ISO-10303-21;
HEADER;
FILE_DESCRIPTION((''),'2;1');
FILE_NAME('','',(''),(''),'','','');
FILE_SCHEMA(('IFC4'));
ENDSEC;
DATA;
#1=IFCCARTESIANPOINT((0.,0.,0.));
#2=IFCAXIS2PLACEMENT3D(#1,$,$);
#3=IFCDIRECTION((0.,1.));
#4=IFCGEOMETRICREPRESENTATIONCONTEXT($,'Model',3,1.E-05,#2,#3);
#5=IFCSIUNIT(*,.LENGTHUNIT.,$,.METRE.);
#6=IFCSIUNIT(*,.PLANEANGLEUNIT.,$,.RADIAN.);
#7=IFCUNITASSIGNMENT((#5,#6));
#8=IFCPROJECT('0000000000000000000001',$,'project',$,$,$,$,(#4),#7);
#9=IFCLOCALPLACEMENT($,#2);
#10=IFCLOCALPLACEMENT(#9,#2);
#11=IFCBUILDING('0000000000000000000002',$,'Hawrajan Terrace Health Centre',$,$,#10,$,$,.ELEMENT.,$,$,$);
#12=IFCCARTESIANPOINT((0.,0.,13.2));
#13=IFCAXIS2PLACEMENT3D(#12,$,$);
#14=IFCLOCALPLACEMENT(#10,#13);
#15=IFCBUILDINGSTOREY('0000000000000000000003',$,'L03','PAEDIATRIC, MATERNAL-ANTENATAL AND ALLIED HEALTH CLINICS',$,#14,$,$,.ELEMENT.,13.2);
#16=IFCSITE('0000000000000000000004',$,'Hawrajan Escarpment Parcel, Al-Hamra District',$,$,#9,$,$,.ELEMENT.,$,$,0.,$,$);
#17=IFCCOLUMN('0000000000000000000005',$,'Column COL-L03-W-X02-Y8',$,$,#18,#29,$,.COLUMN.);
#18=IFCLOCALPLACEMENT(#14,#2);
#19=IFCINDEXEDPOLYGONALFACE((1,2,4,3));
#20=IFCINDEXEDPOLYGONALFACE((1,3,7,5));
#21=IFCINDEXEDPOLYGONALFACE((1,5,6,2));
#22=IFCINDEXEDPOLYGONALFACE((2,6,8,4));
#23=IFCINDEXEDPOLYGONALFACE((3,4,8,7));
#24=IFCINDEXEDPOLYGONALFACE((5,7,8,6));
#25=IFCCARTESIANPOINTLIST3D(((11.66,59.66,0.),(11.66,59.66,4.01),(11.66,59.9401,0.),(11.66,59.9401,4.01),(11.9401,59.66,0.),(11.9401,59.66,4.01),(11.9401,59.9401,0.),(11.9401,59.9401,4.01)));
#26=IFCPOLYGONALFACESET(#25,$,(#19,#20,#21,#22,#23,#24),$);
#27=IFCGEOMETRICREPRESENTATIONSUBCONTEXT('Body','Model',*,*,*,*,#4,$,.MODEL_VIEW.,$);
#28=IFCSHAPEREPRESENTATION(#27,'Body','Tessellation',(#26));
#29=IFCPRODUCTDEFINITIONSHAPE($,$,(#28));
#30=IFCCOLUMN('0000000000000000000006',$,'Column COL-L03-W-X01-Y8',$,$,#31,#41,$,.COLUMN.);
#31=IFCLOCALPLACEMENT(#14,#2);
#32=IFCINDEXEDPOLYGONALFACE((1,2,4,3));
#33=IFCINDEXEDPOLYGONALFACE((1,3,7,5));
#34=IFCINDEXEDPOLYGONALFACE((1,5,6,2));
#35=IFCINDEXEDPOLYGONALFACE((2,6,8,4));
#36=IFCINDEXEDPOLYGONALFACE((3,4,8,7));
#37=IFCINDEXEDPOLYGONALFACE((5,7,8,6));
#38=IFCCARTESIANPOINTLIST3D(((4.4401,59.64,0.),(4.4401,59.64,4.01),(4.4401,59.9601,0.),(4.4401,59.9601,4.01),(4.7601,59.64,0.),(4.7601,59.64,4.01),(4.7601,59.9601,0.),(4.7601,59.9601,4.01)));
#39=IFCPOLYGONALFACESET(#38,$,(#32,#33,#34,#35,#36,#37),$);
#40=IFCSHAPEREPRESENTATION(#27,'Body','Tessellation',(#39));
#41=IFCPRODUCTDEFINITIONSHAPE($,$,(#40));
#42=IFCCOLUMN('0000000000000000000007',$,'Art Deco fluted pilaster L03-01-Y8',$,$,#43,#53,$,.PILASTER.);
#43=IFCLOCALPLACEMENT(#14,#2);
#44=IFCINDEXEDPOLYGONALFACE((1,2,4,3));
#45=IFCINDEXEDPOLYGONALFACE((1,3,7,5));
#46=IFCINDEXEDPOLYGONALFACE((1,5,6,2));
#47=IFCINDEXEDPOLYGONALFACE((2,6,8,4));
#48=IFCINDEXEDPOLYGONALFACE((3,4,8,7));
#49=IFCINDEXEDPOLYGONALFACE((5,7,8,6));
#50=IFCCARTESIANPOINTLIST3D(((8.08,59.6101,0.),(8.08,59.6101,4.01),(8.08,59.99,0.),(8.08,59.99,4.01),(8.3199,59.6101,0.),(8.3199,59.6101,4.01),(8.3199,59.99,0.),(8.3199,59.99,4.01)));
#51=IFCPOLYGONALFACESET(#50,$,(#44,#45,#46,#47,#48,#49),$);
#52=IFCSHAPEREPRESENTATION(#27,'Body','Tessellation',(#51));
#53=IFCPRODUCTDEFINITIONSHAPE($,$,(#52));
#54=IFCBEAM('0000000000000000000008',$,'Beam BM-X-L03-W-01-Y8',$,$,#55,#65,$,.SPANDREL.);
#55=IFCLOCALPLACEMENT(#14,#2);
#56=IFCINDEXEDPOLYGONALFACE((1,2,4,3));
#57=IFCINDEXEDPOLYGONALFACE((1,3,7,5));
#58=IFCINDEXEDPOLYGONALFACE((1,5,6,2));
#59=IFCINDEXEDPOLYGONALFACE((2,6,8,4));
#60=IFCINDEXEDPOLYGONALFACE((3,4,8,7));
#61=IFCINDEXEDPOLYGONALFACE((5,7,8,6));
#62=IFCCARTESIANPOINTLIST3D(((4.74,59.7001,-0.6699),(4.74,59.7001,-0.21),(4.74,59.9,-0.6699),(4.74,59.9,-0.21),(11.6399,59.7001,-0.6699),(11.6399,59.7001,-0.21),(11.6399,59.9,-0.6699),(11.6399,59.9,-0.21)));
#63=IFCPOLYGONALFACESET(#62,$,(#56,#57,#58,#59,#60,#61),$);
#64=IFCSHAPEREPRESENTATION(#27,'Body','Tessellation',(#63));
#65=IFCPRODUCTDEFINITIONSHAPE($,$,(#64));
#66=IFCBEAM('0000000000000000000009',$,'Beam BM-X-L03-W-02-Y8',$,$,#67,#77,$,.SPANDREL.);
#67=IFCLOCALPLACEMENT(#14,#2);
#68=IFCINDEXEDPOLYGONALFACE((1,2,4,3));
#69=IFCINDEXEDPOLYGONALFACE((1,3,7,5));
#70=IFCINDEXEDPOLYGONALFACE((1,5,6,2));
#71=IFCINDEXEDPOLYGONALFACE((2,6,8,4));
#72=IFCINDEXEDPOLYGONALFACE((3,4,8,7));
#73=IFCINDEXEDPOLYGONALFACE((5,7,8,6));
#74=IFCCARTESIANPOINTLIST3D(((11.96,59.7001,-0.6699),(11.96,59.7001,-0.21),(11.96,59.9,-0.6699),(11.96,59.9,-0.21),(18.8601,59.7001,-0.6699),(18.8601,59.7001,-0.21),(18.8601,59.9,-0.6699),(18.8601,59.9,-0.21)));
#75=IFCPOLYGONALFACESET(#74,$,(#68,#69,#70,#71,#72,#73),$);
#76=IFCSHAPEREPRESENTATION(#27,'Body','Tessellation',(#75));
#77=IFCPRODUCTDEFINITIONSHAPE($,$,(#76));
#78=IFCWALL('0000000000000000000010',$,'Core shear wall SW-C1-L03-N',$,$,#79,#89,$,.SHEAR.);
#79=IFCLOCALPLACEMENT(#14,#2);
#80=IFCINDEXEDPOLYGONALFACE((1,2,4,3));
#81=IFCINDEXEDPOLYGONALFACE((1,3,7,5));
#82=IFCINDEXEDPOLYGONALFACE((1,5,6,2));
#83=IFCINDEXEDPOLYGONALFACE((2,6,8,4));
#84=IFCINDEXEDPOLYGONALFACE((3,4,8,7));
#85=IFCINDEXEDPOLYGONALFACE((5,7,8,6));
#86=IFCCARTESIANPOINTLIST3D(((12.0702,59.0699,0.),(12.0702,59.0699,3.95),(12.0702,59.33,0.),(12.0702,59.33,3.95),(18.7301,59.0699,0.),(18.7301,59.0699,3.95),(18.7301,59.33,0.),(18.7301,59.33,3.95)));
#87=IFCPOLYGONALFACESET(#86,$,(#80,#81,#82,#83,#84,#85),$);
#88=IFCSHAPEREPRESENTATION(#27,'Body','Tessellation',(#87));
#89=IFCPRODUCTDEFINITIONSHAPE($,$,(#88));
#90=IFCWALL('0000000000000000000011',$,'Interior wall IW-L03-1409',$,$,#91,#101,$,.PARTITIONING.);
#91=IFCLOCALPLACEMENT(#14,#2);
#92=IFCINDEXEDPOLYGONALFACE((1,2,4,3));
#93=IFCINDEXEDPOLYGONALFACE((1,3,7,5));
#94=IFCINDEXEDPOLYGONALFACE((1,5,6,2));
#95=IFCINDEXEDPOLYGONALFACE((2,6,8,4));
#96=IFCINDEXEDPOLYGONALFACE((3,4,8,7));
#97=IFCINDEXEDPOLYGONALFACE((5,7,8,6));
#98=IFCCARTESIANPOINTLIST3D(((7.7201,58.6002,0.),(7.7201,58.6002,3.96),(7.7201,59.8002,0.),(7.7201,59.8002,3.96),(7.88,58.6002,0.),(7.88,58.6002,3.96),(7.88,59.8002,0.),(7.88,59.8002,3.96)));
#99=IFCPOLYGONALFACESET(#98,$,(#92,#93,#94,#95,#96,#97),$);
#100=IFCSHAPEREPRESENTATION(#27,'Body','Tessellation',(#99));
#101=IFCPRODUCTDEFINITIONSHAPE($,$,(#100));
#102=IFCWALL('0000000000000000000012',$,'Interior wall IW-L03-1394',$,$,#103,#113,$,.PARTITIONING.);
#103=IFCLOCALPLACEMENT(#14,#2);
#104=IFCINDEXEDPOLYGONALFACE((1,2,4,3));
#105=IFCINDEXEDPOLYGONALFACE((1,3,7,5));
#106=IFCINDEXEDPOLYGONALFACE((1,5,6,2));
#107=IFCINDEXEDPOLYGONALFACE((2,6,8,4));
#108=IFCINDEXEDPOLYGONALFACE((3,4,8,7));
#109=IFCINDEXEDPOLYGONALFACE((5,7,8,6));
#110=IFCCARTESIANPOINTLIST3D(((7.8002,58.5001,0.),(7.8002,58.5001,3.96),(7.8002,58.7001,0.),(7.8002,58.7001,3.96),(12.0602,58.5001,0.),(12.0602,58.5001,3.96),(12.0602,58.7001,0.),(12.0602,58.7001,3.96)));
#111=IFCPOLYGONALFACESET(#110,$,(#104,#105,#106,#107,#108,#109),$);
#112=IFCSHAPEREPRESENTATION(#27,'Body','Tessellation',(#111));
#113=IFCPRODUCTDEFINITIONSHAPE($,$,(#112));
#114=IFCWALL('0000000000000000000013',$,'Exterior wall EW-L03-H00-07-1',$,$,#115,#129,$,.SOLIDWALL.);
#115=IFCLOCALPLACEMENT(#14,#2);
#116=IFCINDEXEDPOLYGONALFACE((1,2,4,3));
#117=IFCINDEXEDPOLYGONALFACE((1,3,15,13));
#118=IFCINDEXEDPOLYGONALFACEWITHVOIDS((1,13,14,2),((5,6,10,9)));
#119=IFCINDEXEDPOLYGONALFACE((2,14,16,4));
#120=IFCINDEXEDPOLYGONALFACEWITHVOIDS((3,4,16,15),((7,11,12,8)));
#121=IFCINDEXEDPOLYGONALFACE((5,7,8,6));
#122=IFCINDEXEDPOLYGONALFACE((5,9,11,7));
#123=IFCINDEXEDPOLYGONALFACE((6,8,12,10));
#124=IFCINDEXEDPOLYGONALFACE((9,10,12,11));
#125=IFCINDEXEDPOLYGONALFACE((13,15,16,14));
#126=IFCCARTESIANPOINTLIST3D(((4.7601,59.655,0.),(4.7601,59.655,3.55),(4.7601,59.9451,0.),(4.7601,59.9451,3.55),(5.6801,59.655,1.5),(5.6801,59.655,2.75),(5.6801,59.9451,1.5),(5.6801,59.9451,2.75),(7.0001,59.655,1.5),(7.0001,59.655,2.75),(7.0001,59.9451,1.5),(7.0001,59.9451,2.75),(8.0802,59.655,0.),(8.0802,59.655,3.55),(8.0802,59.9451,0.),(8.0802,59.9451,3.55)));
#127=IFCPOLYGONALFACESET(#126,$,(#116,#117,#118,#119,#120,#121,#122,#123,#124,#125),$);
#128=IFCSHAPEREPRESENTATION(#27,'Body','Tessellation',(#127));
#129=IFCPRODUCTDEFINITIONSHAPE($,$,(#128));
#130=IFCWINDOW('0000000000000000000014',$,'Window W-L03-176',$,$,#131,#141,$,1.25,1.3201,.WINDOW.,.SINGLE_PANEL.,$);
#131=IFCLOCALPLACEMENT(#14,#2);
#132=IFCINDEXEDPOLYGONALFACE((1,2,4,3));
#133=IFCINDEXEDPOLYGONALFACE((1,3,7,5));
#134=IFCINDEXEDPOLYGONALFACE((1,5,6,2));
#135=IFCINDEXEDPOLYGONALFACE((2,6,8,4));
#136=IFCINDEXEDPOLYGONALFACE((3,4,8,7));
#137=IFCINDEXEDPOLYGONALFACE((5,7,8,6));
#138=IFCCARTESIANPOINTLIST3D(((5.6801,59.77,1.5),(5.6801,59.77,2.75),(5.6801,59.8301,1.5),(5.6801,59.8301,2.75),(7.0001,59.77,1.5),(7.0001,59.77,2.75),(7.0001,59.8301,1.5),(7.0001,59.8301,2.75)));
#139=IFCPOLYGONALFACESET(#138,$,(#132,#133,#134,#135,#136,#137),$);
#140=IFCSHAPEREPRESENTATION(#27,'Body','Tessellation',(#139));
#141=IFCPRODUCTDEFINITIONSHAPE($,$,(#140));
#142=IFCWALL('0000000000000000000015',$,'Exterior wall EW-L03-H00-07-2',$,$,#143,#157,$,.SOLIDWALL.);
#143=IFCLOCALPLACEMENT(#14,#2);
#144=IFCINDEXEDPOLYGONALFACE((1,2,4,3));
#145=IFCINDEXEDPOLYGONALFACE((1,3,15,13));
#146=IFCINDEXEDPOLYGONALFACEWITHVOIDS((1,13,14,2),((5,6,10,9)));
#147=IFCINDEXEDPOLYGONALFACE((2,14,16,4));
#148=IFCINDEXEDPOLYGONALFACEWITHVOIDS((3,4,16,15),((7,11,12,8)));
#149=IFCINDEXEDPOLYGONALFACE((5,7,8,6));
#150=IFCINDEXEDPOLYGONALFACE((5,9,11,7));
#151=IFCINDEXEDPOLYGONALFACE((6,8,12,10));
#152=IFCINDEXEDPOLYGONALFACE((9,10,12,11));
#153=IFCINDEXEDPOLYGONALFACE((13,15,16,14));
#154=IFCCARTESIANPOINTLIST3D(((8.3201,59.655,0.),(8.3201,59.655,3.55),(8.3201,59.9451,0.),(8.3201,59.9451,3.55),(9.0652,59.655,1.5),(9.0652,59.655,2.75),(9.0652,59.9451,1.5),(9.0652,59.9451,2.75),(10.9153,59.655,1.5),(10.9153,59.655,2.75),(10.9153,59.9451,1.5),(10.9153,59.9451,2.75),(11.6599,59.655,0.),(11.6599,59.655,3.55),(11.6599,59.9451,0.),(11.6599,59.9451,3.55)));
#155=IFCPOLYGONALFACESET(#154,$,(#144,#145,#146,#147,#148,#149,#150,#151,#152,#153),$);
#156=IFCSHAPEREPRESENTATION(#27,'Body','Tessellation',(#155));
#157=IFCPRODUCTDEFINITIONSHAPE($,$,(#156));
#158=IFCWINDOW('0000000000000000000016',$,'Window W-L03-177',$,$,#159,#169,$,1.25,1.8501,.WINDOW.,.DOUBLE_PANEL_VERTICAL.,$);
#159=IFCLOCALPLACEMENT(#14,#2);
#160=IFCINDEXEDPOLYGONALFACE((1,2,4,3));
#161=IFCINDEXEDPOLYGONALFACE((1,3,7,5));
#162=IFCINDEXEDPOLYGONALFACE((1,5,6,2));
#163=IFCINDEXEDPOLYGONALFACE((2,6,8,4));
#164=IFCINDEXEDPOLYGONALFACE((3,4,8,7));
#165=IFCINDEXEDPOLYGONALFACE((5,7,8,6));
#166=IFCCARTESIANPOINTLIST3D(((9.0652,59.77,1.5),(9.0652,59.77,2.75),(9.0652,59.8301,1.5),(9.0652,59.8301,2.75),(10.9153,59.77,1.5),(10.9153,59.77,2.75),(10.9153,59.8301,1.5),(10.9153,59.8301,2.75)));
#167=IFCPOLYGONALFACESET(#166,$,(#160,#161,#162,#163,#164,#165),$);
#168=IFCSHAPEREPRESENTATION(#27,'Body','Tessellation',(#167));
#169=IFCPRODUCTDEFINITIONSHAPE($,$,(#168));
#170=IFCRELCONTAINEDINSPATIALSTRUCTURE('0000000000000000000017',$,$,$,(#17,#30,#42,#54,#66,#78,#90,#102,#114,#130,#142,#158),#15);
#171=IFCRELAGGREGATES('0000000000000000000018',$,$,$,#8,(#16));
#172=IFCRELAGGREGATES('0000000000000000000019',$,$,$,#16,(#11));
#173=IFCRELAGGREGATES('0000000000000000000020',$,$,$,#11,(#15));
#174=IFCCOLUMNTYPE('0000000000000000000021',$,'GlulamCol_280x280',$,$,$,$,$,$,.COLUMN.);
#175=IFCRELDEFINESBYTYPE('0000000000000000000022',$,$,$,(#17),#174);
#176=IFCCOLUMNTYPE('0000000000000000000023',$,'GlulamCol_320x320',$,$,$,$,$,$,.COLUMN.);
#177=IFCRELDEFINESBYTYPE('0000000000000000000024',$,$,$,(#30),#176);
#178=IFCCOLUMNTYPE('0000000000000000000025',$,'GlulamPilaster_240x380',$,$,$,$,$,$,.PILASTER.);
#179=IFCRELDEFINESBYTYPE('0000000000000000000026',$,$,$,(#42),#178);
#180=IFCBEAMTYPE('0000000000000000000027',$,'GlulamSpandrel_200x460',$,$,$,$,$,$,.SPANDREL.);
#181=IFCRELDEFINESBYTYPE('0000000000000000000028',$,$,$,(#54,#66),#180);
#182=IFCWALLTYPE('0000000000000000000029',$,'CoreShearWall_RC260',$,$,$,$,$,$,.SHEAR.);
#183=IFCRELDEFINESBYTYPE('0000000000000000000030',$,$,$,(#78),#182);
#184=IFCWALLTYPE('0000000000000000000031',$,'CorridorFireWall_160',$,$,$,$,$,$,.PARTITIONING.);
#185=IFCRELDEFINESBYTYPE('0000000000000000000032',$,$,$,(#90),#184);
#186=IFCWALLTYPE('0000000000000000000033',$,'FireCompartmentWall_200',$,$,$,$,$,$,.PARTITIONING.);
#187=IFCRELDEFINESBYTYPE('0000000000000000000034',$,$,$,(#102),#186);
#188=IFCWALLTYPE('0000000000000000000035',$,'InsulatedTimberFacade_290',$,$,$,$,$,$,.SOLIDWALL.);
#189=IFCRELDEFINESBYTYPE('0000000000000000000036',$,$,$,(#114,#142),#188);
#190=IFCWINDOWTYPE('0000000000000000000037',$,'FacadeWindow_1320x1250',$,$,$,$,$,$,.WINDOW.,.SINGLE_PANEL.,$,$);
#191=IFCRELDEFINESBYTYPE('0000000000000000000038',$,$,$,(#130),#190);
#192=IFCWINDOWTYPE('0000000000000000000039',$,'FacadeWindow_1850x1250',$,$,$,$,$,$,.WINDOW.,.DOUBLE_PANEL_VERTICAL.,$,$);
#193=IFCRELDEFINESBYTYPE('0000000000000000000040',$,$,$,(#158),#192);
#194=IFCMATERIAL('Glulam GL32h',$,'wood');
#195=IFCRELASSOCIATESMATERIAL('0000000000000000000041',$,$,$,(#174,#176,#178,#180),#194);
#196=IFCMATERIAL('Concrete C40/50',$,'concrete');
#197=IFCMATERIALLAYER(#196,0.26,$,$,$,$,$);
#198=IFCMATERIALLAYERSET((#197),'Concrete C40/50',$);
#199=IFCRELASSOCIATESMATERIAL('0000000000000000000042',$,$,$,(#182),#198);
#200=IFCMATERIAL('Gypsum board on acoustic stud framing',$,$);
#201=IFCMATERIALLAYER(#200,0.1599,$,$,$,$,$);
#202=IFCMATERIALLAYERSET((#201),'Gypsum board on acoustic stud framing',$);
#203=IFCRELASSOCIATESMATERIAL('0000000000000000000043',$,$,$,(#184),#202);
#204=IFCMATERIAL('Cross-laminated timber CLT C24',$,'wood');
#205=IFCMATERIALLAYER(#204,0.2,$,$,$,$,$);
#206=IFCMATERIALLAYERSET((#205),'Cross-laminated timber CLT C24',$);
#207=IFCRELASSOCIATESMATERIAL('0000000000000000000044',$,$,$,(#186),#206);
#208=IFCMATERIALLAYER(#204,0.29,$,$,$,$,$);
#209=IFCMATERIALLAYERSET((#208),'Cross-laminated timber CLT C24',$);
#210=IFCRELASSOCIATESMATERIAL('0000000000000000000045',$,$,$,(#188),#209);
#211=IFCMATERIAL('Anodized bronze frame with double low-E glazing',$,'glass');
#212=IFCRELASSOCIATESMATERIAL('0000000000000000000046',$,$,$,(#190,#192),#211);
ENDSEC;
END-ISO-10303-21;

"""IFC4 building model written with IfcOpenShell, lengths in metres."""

from ifc_helpers import new_model, si_unit, direction, frame, frame_2d, origin, origin_2d, place, context, subcontext, project, spatial, rectangle, extrude, material, layer, layer_set, material_profile, profile_set, type_object, element, fill, save


model = new_model("IFC4")

# Units and contexts
model_context = context("Model", 3, precision=1e-05, world=origin(), true_north=direction((0.0, 1.0)))
body_context = subcontext(model_context, "Body", "Model", "MODEL_VIEW")
ifc_project = project(units=[si_unit("LENGTHUNIT", "METRE"), si_unit("PLANEANGLEUNIT", "RADIAN")], contexts=[model_context])

# Site, building, storey
site_placement = place(None, origin())
site = spatial("IfcSite", under=ifc_project, at=site_placement, Name="Hawrajan Escarpment Parcel, Al-Hamra District", CompositionType="ELEMENT", RefElevation=0.0)
building_placement = place(site_placement, origin())
building = spatial("IfcBuilding", under=site, at=building_placement, Name="Hawrajan Terrace Health Centre", CompositionType="ELEMENT")
storey_placement = place(building_placement, frame((0.0, 0.0, 13.2)))
storey = spatial("IfcBuildingStorey", under=building, at=storey_placement, Name="L03", Description="PAEDIATRIC, MATERNAL-ANTENATAL AND ALLIED HEALTH CLINICS", CompositionType="ELEMENT", Elevation=13.2)

# Columns
ifc_material_1 = material(Name="Glulam GL32h", Category="wood")
ifc_material_profile_1 = material_profile(ifc_material_1, rectangle(XDim=0.28, YDim=0.28, at=origin_2d()), Name="GL 280x280")
ifc_profile_set_1 = profile_set([ifc_material_profile_1], Name="Glulam GL32h")
column_type_1 = type_object("IfcColumnType", Name="GlulamCol_280x280", PredefinedType="COLUMN", material=ifc_profile_set_1)
column_1_placement = place(storey_placement, frame((11.8, 59.8, 0.0), z_axis=(0.0, 0.0, 1.0), x_axis=(1.0, 0.0, 0.0)))
element("IfcColumn", 1, at=column_1_placement, inside=storey, type_object=column_type_1, Name="Column COL-L03-W-X02-Y8", PredefinedType="COLUMN", context=body_context, shape_type="SweptSolid", body=[
    extrude(rectangle(XDim=0.28, YDim=0.28, at=origin_2d()), origin(), (0.0, 0.0, 1.0), 4.01),
])
ifc_material_profile_2 = material_profile(ifc_material_1, rectangle(XDim=0.3201, YDim=0.3201, at=origin_2d()), Name="GL 320x320")
ifc_profile_set_2 = profile_set([ifc_material_profile_2], Name="Glulam GL32h")
column_type_2 = type_object("IfcColumnType", Name="GlulamCol_320x320", PredefinedType="COLUMN", material=ifc_profile_set_2)
column_2_placement = place(storey_placement, frame((4.6001, 59.8, 0.0), z_axis=(0.0, 0.0, 1.0), x_axis=(1.0, 0.0, 0.0)))
element("IfcColumn", 2, at=column_2_placement, inside=storey, type_object=column_type_2, Name="Column COL-L03-W-X01-Y8", PredefinedType="COLUMN", context=body_context, shape_type="SweptSolid", body=[
    extrude(rectangle(XDim=0.3201, YDim=0.3201, at=origin_2d()), origin(), (0.0, 0.0, 1.0), 4.01),
])
ifc_material_profile_3 = material_profile(ifc_material_1, rectangle(XDim=0.24, YDim=0.3799, at=origin_2d()), Name="GL PIL 240x380")
ifc_profile_set_3 = profile_set([ifc_material_profile_3], Name="Glulam GL32h")
column_type_3 = type_object("IfcColumnType", Name="GlulamPilaster_240x380", PredefinedType="PILASTER", material=ifc_profile_set_3)
column_3_placement = place(storey_placement, frame((8.2, 59.8, 0.0), z_axis=(0.0, 0.0, 1.0), x_axis=(1.0, 0.0, 0.0)))
element("IfcColumn", 3, at=column_3_placement, inside=storey, type_object=column_type_3, Name="Art Deco fluted pilaster L03-01-Y8", PredefinedType="PILASTER", context=body_context, shape_type="SweptSolid", body=[
    extrude(rectangle(XDim=0.24, YDim=0.3799, at=origin_2d()), origin(), (0.0, 0.0, 1.0), 4.01),
])

# Beams
ifc_material_profile_4 = material_profile(ifc_material_1, rectangle(XDim=0.2, YDim=0.46, at=origin_2d()), Name="GL SP 200x460")
ifc_profile_set_4 = profile_set([ifc_material_profile_4], Name="Glulam GL32h")
beam_type = type_object("IfcBeamType", Name="GlulamSpandrel_200x460", PredefinedType="SPANDREL", material=ifc_profile_set_4)
beam_1_placement = place(storey_placement, frame((4.74, 59.8, -0.4399), z_axis=(1.0, 0.0, 0.0), x_axis=(0.0, 1.0, 0.0)))
element("IfcBeam", 4, at=beam_1_placement, inside=storey, type_object=beam_type, Name="Beam BM-X-L03-W-01-Y8", PredefinedType="SPANDREL", context=body_context, shape_type="SweptSolid", body=[
    extrude(rectangle(XDim=0.2, YDim=0.46, at=origin_2d()), origin(), (0.0, 0.0, 1.0), 6.8999),
])
beam_2_placement = place(storey_placement, frame((11.96, 59.8, -0.4399), z_axis=(1.0, 0.0, 0.0), x_axis=(0.0, 1.0, 0.0)))
element("IfcBeam", 5, at=beam_2_placement, inside=storey, type_object=beam_type, Name="Beam BM-X-L03-W-02-Y8", PredefinedType="SPANDREL", context=body_context, shape_type="SweptSolid", body=[
    extrude(rectangle(XDim=0.2, YDim=0.46, at=origin_2d()), origin(), (0.0, 0.0, 1.0), 6.9001),
])

# Walls
ifc_material_2 = material(Name="Concrete C40/50", Category="concrete")
ifc_layer_1 = layer(ifc_material_2, 0.26)
ifc_layer_set_1 = layer_set([ifc_layer_1], Name="Concrete C40/50")
wall_type_1 = type_object("IfcWallType", Name="CoreShearWall_RC260", PredefinedType="SHEAR", material=ifc_layer_set_1)
wall_1_placement = place(storey_placement, frame((12.0701, 59.2, 0.0), z_axis=(0.0, 0.0, 1.0), x_axis=(1.0, 0.0, 0.0)))
element("IfcWall", 6, at=wall_1_placement, inside=storey, type_object=wall_type_1, Name="Core shear wall SW-C1-L03-N", PredefinedType="SHEAR", context=body_context, shape_type="SweptSolid", body=[
    extrude(rectangle(XDim=6.6599, YDim=0.26, at=frame_2d((3.3301, 0.0))), origin(), (0.0, 0.0, 1.0), 3.95),
])
ifc_material_3 = material(Name="Gypsum board on acoustic stud framing")
ifc_layer_2 = layer(ifc_material_3, 0.1599)
ifc_layer_set_2 = layer_set([ifc_layer_2], Name="Gypsum board on acoustic stud framing")
wall_type_2 = type_object("IfcWallType", Name="CorridorFireWall_160", PredefinedType="PARTITIONING", material=ifc_layer_set_2)
wall_2_placement = place(storey_placement, frame((7.8, 58.6001, 0.0), z_axis=(0.0, 0.0, 1.0), x_axis=(0.0, 1.0, 0.0)))
element("IfcWall", 7, at=wall_2_placement, inside=storey, type_object=wall_type_2, Name="Interior wall IW-L03-1409", PredefinedType="PARTITIONING", context=body_context, shape_type="SweptSolid", body=[
    extrude(rectangle(XDim=1.2, YDim=0.1599, at=frame_2d((0.6001, 0.0))), origin(), (0.0, 0.0, 1.0), 3.96),
])
ifc_material_4 = material(Name="Cross-laminated timber CLT C24", Category="wood")
ifc_layer_3 = layer(ifc_material_4, 0.2)
ifc_layer_set_3 = layer_set([ifc_layer_3], Name="Cross-laminated timber CLT C24")
wall_type_3 = type_object("IfcWallType", Name="FireCompartmentWall_200", PredefinedType="PARTITIONING", material=ifc_layer_set_3)
wall_3_placement = place(storey_placement, frame((12.0601, 58.6001, 0.0), z_axis=(0.0, 0.0, 1.0), x_axis=(-1.0, 0.0, 0.0)))
element("IfcWall", 8, at=wall_3_placement, inside=storey, type_object=wall_type_3, Name="Interior wall IW-L03-1394", PredefinedType="PARTITIONING", context=body_context, shape_type="SweptSolid", body=[
    extrude(rectangle(XDim=4.26, YDim=0.2, at=frame_2d((2.1299, 0.0))), origin(), (0.0, 0.0, 1.0), 3.96),
])

# Walls, openings, windows
ifc_layer_4 = layer(ifc_material_4, 0.29)
ifc_layer_set_4 = layer_set([ifc_layer_4], Name="Cross-laminated timber CLT C24")
wall_type_4 = type_object("IfcWallType", Name="InsulatedTimberFacade_290", PredefinedType="SOLIDWALL", material=ifc_layer_set_4)
wall_4_placement = place(storey_placement, frame((4.76, 59.8, 0.0), z_axis=(0.0, 0.0, 1.0), x_axis=(1.0, 0.0, 0.0)))
wall_4 = element("IfcWall", 9, at=wall_4_placement, inside=storey, type_object=wall_type_4, Name="Exterior wall EW-L03-H00-07-1", PredefinedType="SOLIDWALL", context=body_context, shape_type="SweptSolid", body=[
    extrude(rectangle(XDim=3.3201, YDim=0.29, at=frame_2d((1.6602, 0.0))), origin(), (0.0, 0.0, 1.0), 3.55),
])
opening_1_placement = place(wall_4_placement, frame((0.9199, 0.0, 1.5)))
opening_1 = element("IfcOpeningElement", 10, at=opening_1_placement, cuts=wall_4, PredefinedType="OPENING", context=body_context, shape_type="SweptSolid", body=[
    extrude(rectangle(XDim=1.3201, YDim=1.25, at=frame_2d((0.6602, 0.625))), frame((0.0, 0.155, 0.0), z_axis=(0.0, -1.0, 0.0), x_axis=(1.0, 0.0, 0.0)), (0.0, 0.0, 1.0), 0.3101),
])
ifc_material_5 = material(Name="Anodized bronze frame with double low-E glazing", Category="glass")
window_type_1 = type_object("IfcWindowType", Name="FacadeWindow_1320x1250", PartitioningType="SINGLE_PANEL", PredefinedType="WINDOW", material=ifc_material_5)
window_1_placement = place(opening_1_placement, origin())
window_1 = element("IfcWindow", 11, at=window_1_placement, inside=storey, type_object=window_type_1, Name="Window W-L03-176", OverallHeight=1.25, OverallWidth=1.3201, PartitioningType="SINGLE_PANEL", PredefinedType="WINDOW", context=body_context, shape_type="SweptSolid", body=[
    extrude(rectangle(XDim=1.3201, YDim=1.25, at=frame_2d((0.6602, 0.625))), frame((0.0, 0.03, 0.0), z_axis=(0.0, -1.0, 0.0), x_axis=(1.0, 0.0, 0.0)), (0.0, 0.0, 1.0), 0.0601),
])
fill(opening_1, window_1)
wall_5_placement = place(storey_placement, frame((8.3201, 59.8, 0.0), z_axis=(0.0, 0.0, 1.0), x_axis=(1.0, 0.0, 0.0)))
wall_5 = element("IfcWall", 12, at=wall_5_placement, inside=storey, type_object=wall_type_4, Name="Exterior wall EW-L03-H00-07-2", PredefinedType="SOLIDWALL", context=body_context, shape_type="SweptSolid", body=[
    extrude(rectangle(XDim=3.3398, YDim=0.29, at=frame_2d((1.6699, 0.0))), origin(), (0.0, 0.0, 1.0), 3.55),
])
opening_2_placement = place(wall_5_placement, frame((0.7451, 0.0, 1.5)))
opening_2 = element("IfcOpeningElement", 13, at=opening_2_placement, cuts=wall_5, PredefinedType="OPENING", context=body_context, shape_type="SweptSolid", body=[
    extrude(rectangle(XDim=1.8501, YDim=1.25, at=frame_2d((0.925, 0.625))), frame((0.0, 0.155, 0.0), z_axis=(0.0, -1.0, 0.0), x_axis=(1.0, 0.0, 0.0)), (0.0, 0.0, 1.0), 0.3101),
])
window_type_2 = type_object("IfcWindowType", Name="FacadeWindow_1850x1250", PartitioningType="DOUBLE_PANEL_VERTICAL", PredefinedType="WINDOW", material=ifc_material_5)
window_2_placement = place(opening_2_placement, origin())
window_2 = element("IfcWindow", 14, at=window_2_placement, inside=storey, type_object=window_type_2, Name="Window W-L03-177", OverallHeight=1.25, OverallWidth=1.8501, PartitioningType="DOUBLE_PANEL_VERTICAL", PredefinedType="WINDOW", context=body_context, shape_type="SweptSolid", body=[
    extrude(rectangle(XDim=1.8501, YDim=1.25, at=frame_2d((0.925, 0.625))), frame((0.0, 0.03, 0.0), z_axis=(0.0, -1.0, 0.0), x_axis=(1.0, 0.0, 0.0)), (0.0, 0.0, 1.0), 0.0601),
])
fill(opening_2, window_2)

save(model, "model.ifc")
